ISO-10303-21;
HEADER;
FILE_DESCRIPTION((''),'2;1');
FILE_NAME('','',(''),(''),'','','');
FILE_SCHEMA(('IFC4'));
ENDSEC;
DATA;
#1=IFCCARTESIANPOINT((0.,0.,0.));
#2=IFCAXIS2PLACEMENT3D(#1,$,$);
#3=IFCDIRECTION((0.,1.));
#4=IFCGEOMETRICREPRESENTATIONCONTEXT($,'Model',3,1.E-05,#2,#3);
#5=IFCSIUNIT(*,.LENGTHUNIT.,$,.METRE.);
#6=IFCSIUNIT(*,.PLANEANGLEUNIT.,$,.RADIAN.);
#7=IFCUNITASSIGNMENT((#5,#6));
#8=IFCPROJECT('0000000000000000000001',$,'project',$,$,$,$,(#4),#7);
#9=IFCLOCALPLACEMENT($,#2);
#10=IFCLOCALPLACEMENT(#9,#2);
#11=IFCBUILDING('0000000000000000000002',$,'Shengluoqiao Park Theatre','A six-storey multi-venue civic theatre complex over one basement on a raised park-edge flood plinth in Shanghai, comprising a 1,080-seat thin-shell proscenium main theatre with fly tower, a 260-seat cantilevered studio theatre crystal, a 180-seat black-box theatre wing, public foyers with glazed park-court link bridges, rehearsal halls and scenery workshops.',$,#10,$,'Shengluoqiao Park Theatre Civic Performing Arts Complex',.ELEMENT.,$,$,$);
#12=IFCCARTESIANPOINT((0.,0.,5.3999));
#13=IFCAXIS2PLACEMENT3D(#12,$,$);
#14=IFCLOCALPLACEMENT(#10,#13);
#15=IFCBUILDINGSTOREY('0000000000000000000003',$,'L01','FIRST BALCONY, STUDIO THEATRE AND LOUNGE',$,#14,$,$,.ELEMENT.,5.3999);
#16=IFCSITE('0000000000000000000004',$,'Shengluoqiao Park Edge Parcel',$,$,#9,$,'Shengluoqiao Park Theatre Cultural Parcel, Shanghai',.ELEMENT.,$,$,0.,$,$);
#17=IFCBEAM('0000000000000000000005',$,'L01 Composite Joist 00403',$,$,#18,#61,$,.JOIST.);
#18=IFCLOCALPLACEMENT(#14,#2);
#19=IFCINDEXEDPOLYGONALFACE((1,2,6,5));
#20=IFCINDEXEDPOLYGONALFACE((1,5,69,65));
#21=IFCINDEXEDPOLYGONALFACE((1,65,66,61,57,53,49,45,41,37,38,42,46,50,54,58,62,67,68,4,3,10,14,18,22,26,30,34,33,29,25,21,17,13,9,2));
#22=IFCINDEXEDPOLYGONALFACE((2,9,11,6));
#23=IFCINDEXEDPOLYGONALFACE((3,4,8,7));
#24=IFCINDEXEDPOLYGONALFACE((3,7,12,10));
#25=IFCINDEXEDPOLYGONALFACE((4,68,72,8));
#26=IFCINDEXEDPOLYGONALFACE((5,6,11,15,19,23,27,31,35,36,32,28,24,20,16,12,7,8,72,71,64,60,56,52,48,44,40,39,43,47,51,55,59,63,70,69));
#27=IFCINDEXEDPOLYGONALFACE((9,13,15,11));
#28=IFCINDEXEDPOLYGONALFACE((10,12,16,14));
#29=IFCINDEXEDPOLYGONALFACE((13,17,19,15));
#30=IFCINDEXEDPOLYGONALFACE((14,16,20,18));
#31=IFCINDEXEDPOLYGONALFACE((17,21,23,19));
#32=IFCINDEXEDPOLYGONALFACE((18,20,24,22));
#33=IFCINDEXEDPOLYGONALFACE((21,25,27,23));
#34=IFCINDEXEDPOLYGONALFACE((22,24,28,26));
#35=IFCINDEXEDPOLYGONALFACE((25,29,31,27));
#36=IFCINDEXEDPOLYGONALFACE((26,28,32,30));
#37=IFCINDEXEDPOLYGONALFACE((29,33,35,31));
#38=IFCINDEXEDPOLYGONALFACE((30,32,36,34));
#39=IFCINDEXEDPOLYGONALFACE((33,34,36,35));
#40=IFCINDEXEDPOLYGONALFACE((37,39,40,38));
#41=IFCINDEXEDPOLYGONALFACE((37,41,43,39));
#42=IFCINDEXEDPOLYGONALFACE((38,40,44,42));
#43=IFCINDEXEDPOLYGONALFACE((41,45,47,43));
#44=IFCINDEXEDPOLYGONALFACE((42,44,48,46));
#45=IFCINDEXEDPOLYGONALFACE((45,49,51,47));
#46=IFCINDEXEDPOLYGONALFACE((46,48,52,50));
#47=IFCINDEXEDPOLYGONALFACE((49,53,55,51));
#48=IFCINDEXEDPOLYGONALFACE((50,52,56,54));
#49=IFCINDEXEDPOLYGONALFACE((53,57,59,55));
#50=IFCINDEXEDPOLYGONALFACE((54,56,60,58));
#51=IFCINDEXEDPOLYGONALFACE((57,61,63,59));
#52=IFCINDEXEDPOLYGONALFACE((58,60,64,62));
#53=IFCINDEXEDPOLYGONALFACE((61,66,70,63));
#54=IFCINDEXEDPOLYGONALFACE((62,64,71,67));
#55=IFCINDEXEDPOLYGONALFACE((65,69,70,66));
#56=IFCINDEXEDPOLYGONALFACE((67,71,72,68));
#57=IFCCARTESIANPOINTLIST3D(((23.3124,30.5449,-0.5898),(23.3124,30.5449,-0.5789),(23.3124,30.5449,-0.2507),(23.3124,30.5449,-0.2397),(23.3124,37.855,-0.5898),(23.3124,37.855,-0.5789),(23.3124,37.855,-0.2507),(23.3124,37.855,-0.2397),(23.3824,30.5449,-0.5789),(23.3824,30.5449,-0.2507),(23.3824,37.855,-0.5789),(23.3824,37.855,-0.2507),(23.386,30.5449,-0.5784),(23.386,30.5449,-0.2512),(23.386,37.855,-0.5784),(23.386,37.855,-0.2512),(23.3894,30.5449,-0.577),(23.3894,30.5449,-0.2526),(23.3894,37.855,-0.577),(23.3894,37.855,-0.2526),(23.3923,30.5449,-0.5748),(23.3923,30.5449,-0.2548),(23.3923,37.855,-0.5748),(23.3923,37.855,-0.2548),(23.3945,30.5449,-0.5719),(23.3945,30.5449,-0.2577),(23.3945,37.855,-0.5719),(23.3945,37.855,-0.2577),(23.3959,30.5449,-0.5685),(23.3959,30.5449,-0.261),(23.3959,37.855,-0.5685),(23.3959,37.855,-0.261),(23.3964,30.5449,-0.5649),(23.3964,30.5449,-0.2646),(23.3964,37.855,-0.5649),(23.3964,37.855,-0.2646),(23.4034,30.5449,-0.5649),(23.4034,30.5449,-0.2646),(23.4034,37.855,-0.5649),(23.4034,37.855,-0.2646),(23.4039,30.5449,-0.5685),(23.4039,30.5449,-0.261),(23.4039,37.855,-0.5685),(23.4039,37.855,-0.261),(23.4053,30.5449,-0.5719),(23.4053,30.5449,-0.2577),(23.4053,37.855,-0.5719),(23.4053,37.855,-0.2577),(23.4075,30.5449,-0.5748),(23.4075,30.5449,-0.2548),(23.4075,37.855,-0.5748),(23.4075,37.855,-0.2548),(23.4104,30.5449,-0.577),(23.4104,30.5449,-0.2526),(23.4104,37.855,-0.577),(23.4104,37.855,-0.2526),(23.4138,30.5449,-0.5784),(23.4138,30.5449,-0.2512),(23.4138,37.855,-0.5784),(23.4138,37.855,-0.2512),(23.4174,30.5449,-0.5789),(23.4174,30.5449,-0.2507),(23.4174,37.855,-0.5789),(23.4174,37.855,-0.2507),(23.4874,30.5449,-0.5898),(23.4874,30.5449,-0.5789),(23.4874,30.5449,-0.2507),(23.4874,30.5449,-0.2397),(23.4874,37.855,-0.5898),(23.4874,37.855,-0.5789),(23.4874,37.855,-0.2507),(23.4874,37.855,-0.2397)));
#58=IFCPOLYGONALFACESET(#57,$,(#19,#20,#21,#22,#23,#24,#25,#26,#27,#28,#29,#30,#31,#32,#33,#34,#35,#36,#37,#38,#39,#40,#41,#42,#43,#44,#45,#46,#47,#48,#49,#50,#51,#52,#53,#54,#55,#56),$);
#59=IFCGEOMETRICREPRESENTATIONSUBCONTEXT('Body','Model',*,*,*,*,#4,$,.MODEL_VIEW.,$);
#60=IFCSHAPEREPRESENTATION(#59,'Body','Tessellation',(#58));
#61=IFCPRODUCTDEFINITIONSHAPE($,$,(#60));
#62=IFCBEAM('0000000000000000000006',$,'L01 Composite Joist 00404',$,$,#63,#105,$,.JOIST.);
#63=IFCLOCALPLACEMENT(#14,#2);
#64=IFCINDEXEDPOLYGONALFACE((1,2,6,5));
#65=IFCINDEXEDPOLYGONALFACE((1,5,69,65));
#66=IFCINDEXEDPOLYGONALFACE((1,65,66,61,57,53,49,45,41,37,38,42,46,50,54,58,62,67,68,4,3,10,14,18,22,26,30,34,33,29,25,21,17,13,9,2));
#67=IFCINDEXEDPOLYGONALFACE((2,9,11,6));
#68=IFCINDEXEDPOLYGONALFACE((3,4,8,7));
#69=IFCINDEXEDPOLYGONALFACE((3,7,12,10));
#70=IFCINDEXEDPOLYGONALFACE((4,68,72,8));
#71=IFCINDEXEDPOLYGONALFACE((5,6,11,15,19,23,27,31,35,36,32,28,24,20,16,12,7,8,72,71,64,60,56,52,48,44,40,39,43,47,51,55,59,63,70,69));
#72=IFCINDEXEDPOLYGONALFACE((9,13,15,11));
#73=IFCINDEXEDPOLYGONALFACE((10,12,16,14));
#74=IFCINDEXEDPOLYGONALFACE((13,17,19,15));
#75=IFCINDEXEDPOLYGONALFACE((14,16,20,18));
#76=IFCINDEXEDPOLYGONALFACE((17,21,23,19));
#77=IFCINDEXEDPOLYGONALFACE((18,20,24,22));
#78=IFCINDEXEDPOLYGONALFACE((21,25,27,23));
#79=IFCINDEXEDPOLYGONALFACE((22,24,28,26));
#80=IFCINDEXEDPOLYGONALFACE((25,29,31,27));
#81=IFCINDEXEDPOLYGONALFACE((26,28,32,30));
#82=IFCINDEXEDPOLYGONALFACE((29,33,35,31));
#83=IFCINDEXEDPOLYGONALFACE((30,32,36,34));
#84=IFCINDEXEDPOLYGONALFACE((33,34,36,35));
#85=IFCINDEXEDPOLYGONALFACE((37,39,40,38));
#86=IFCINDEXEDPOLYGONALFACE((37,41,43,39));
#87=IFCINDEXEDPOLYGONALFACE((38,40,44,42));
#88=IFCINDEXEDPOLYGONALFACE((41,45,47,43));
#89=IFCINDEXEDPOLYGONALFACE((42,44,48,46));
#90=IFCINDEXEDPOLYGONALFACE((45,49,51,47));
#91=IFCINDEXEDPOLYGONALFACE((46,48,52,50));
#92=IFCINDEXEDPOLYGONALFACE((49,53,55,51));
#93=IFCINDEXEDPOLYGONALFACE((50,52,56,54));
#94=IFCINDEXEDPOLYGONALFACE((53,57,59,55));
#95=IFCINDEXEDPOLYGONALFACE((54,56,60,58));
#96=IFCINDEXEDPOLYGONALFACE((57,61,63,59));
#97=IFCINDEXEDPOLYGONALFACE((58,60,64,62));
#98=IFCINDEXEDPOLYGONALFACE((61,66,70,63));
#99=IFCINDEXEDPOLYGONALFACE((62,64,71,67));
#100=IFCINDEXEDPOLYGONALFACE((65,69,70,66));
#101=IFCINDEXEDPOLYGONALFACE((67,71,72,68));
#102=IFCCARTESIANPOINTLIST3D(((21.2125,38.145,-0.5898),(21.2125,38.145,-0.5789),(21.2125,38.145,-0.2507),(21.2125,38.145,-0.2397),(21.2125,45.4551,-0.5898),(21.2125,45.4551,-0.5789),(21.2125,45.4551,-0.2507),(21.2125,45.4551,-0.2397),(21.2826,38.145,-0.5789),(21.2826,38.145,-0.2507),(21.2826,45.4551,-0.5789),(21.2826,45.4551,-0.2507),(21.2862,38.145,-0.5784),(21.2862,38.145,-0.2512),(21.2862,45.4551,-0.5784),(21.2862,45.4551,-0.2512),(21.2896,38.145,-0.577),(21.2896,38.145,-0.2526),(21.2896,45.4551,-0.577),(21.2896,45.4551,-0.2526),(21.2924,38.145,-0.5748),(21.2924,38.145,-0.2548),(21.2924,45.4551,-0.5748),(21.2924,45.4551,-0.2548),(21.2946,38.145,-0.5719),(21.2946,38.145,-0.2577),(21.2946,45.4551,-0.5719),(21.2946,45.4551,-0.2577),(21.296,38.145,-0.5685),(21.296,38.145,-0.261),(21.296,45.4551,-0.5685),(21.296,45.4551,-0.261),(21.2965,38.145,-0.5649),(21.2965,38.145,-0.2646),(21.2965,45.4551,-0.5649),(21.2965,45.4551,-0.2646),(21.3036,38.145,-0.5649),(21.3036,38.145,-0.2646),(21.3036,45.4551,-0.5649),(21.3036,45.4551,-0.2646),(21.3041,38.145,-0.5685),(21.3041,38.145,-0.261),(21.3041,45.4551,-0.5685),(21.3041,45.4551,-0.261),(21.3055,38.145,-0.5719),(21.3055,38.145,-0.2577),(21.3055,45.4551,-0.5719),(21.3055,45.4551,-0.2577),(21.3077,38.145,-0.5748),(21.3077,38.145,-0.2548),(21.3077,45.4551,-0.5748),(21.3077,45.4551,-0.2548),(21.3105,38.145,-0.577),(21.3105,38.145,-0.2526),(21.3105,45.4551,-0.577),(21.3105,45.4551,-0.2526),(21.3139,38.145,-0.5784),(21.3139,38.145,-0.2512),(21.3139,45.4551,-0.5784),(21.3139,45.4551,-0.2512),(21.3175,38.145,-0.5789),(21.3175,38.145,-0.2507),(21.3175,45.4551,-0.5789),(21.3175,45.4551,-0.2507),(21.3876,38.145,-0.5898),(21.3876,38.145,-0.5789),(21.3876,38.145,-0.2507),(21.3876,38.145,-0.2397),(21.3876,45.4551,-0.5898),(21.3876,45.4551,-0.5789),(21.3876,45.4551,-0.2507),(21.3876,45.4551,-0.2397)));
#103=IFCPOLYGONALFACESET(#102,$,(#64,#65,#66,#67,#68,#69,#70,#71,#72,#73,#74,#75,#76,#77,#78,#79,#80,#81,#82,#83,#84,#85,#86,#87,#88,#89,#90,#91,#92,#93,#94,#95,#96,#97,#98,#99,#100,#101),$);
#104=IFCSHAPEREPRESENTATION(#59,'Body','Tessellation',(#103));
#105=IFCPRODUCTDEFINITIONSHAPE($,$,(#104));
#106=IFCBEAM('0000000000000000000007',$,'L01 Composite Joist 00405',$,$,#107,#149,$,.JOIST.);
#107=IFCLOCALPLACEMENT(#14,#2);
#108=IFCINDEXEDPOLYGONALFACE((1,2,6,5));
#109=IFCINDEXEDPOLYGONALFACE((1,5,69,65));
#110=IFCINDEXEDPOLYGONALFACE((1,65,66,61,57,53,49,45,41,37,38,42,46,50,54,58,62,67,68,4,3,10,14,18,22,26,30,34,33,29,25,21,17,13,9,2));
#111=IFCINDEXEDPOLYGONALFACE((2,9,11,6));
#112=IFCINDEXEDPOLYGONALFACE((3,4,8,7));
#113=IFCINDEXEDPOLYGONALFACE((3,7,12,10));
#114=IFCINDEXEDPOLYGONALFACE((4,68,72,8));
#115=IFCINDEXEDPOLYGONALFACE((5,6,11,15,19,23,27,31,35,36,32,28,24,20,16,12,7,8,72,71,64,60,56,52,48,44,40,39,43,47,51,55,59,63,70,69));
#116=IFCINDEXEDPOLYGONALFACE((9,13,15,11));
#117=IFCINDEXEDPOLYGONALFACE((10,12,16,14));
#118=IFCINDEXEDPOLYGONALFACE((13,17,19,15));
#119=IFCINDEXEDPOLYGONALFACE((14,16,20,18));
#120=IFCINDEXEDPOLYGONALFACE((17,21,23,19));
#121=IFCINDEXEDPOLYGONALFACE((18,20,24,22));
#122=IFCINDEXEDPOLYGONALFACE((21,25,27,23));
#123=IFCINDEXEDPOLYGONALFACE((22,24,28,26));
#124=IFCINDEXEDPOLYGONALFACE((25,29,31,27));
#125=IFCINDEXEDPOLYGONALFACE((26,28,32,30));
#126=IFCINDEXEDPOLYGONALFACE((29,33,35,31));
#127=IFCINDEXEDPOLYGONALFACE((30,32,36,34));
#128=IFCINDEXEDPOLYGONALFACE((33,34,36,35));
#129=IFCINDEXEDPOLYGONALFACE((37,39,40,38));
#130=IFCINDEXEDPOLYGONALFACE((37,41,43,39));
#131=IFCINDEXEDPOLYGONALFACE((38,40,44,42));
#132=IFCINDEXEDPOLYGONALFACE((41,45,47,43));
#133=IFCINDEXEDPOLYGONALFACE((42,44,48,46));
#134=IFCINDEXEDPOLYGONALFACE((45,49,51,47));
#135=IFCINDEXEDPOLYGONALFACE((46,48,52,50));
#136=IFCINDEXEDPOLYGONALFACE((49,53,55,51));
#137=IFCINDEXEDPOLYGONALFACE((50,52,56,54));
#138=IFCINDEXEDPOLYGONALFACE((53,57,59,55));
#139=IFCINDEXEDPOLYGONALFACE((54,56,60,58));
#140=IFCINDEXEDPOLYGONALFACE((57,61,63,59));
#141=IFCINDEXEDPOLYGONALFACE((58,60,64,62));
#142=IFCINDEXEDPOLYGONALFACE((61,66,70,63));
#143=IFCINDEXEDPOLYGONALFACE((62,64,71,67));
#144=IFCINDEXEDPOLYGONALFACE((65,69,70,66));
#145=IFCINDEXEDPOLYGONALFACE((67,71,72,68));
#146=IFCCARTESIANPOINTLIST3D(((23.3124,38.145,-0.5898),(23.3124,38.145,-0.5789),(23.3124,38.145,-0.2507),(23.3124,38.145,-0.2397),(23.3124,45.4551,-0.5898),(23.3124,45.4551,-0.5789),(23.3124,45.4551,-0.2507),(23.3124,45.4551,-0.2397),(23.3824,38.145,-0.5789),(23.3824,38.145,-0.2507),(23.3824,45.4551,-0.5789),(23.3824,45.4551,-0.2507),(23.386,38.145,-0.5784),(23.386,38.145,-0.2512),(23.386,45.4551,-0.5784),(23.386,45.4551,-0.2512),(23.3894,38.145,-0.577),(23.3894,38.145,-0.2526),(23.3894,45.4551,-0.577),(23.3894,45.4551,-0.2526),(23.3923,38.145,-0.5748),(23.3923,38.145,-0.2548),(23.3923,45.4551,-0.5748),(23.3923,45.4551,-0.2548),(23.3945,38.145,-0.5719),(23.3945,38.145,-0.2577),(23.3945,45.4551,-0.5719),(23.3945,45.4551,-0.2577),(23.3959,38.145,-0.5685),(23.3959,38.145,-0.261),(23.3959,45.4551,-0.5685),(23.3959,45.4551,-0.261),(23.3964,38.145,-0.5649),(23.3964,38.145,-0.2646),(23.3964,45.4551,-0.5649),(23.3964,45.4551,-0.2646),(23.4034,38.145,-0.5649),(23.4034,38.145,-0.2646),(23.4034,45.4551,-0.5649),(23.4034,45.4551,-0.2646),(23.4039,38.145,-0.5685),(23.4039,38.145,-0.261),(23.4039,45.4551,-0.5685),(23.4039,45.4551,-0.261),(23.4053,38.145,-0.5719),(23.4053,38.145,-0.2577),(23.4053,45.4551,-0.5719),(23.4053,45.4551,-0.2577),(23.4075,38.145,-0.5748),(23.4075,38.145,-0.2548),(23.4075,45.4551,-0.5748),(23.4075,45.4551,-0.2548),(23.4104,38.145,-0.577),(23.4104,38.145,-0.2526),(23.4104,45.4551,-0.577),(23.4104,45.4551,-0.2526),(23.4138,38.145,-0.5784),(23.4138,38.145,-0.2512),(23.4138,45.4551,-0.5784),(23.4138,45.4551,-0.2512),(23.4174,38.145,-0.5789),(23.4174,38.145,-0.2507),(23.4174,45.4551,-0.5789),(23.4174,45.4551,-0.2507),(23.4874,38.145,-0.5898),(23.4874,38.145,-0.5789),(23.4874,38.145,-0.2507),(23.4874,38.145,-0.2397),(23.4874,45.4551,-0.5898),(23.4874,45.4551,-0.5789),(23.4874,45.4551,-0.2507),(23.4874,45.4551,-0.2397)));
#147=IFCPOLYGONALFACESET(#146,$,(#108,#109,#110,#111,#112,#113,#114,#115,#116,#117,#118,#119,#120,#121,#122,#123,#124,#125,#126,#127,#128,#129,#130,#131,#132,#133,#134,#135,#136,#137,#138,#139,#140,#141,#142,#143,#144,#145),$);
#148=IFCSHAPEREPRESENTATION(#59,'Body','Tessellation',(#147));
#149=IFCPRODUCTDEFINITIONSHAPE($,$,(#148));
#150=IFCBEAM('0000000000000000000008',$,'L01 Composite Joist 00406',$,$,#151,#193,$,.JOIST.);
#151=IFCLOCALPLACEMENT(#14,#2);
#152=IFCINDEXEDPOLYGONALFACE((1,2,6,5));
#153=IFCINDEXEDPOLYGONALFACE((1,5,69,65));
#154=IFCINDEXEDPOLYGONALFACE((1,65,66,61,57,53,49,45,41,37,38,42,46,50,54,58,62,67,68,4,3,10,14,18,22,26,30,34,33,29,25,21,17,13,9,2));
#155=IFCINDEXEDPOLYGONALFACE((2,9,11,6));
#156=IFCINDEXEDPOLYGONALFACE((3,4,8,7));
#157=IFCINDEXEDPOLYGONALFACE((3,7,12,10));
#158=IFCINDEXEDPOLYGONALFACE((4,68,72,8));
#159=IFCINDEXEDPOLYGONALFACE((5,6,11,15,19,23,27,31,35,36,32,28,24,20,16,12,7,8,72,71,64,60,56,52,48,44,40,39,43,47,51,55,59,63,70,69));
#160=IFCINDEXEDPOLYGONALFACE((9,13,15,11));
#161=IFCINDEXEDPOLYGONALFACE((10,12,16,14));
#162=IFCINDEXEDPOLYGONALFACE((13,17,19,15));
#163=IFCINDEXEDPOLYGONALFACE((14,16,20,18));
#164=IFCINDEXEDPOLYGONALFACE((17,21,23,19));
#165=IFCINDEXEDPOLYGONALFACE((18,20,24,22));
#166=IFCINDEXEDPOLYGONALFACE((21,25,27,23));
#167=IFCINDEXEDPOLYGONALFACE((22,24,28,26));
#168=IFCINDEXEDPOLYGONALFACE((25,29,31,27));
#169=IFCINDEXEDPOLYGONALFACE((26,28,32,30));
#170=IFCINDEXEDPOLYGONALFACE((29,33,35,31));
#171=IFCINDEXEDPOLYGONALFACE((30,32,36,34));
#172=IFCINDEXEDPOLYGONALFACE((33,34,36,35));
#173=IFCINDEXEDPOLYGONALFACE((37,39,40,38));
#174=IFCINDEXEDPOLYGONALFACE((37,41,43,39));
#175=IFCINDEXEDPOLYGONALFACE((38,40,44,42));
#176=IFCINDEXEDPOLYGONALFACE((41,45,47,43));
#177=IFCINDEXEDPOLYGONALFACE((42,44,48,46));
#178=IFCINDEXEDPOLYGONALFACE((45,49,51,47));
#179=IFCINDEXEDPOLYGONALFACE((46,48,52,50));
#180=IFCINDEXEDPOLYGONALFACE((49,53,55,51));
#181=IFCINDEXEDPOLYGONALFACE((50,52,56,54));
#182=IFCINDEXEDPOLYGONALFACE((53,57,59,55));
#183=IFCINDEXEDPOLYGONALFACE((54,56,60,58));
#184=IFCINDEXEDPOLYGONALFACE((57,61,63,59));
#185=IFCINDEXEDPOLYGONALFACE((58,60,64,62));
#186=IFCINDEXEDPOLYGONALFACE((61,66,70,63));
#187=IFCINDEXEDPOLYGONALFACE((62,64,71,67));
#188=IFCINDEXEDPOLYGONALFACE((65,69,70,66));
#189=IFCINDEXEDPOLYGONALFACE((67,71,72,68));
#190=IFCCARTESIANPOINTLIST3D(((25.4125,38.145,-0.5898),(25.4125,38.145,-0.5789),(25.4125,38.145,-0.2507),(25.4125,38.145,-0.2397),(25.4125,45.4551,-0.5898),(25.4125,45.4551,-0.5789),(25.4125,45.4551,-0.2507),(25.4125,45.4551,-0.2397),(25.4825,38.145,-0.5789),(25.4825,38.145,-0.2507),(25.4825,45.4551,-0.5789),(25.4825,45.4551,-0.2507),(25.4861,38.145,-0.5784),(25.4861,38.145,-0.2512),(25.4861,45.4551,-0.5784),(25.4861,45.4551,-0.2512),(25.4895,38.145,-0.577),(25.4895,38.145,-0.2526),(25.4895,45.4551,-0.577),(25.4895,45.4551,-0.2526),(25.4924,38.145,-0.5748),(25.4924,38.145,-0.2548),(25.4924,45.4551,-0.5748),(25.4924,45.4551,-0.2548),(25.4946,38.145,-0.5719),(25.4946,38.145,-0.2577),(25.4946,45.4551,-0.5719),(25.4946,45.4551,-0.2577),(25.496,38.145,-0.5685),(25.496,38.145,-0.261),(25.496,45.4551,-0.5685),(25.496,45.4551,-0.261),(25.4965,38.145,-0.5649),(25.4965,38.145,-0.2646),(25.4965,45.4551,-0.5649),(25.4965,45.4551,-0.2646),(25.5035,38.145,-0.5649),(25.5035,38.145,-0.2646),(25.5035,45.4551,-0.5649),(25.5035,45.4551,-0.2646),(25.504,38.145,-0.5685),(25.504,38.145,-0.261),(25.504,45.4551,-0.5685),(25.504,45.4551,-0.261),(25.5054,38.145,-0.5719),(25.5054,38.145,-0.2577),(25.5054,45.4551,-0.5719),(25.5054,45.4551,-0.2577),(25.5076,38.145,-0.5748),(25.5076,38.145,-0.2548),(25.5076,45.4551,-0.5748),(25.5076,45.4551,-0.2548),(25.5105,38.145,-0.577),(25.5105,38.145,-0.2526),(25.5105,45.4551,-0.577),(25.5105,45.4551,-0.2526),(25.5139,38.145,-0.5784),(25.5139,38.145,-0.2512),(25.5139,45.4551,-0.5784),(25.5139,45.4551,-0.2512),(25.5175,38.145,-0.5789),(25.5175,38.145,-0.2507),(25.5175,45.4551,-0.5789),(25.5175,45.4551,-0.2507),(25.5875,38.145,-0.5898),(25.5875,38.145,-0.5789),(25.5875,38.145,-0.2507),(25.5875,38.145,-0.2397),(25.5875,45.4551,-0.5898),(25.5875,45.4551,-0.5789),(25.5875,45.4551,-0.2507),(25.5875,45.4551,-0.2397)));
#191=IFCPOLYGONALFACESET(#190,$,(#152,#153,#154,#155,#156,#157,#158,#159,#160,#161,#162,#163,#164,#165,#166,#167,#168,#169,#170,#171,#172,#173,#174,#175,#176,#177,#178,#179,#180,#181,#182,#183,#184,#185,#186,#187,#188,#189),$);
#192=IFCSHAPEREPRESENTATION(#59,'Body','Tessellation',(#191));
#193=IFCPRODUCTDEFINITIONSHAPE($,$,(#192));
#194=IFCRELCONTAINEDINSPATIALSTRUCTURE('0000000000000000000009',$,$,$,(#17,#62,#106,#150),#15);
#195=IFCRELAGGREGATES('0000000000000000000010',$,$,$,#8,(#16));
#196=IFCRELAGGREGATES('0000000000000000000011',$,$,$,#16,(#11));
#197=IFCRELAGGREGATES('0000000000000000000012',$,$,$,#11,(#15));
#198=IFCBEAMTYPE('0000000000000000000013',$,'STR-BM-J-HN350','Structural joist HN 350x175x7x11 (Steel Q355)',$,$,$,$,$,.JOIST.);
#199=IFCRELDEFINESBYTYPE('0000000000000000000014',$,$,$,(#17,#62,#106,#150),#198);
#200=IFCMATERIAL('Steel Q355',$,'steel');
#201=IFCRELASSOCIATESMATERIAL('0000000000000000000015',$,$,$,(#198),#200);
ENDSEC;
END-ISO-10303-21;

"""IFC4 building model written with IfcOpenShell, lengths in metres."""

from ifc_helpers import new_model, si_unit, direction, frame, origin, origin_2d, place, context, subcontext, project, spatial, i_section, extrude, material, material_profile, profile_set, type_object, element, save


model = new_model("IFC4")

# Units and contexts
model_context = context("Model", 3, precision=1e-05, world=origin(), true_north=direction((0.0, 1.0)))
body_context = subcontext(model_context, "Body", "Model", "MODEL_VIEW")
ifc_project = project(units=[si_unit("LENGTHUNIT", "METRE"), si_unit("PLANEANGLEUNIT", "RADIAN")], contexts=[model_context])

# Site, building, storey
site_placement = place(None, origin())
site = spatial("IfcSite", under=ifc_project, at=site_placement, Name="Shengluoqiao Park Edge Parcel", LongName="Shengluoqiao Park Theatre Cultural Parcel, Shanghai", CompositionType="ELEMENT", RefElevation=0.0)
building_placement = place(site_placement, origin())
building = spatial("IfcBuilding", under=site, at=building_placement, Name="Shengluoqiao Park Theatre", Description="A six-storey multi-venue civic theatre complex over one basement on a raised park-edge flood plinth in Shanghai, comprising a 1,080-seat thin-shell proscenium main theatre with fly tower, a 260-seat cantilevered studio theatre crystal, a 180-seat black-box theatre wing, public foyers with glazed park-court link bridges, rehearsal halls and scenery workshops.", LongName="Shengluoqiao Park Theatre Civic Performing Arts Complex", CompositionType="ELEMENT")
storey_placement = place(building_placement, frame((0.0, 0.0, 5.3999)))
storey = spatial("IfcBuildingStorey", under=building, at=storey_placement, Name="L01", Description="FIRST BALCONY, STUDIO THEATRE AND LOUNGE", CompositionType="ELEMENT", Elevation=5.3999)

# Shared definitions
ifc_material_1 = material(Name="Steel Q355", Category="steel")

# Beams
ifc_material_profile_1 = material_profile(ifc_material_1, i_section(OverallWidth=0.175, OverallDepth=0.3501, WebThickness=0.0071, FlangeThickness=0.011, FilletRadius=0.0139, at=origin_2d()), Name="HN 350x175x7x11")
ifc_profile_set_1 = profile_set([ifc_material_profile_1], Name="Steel Q355")
beam_type_1 = type_object("IfcBeamType", Name="STR-BM-J-HN350", Description="Structural joist HN 350x175x7x11 (Steel Q355)", PredefinedType="JOIST", material=ifc_profile_set_1)
for number, where, z_axis, x_axis, name in (
    (1, (23.3999, 30.5449, -0.4148), (0.0, 1.0, 0.0), (-1.0, 0.0, 0.0), "L01 Composite Joist 00403"),
    (2, (21.3, 38.145, -0.4148), (0.0, 1.0, 0.0), (-1.0, 0.0, 0.0), "L01 Composite Joist 00404"),
    (3, (23.3999, 38.145, -0.4148), (0.0, 1.0, 0.0), (-1.0, 0.0, 0.0), "L01 Composite Joist 00405"),
    (4, (25.5, 38.145, -0.4148), (0.0, 1.0, 0.0), (-1.0, 0.0, 0.0), "L01 Composite Joist 00406"),
):
    element("IfcBeam", number, at=place(storey_placement, frame(where, z_axis=z_axis, x_axis=x_axis)), inside=storey, type_object=beam_type_1, Name=name, PredefinedType="JOIST", context=body_context, shape_type="SweptSolid", body=[
        extrude(i_section(OverallWidth=0.175, OverallDepth=0.3501, WebThickness=0.0071, FlangeThickness=0.011, FilletRadius=0.0139, at=origin_2d()), origin(), (0.0, 0.0, 1.0), 7.3101),
    ])

save(model, "model.ifc")
